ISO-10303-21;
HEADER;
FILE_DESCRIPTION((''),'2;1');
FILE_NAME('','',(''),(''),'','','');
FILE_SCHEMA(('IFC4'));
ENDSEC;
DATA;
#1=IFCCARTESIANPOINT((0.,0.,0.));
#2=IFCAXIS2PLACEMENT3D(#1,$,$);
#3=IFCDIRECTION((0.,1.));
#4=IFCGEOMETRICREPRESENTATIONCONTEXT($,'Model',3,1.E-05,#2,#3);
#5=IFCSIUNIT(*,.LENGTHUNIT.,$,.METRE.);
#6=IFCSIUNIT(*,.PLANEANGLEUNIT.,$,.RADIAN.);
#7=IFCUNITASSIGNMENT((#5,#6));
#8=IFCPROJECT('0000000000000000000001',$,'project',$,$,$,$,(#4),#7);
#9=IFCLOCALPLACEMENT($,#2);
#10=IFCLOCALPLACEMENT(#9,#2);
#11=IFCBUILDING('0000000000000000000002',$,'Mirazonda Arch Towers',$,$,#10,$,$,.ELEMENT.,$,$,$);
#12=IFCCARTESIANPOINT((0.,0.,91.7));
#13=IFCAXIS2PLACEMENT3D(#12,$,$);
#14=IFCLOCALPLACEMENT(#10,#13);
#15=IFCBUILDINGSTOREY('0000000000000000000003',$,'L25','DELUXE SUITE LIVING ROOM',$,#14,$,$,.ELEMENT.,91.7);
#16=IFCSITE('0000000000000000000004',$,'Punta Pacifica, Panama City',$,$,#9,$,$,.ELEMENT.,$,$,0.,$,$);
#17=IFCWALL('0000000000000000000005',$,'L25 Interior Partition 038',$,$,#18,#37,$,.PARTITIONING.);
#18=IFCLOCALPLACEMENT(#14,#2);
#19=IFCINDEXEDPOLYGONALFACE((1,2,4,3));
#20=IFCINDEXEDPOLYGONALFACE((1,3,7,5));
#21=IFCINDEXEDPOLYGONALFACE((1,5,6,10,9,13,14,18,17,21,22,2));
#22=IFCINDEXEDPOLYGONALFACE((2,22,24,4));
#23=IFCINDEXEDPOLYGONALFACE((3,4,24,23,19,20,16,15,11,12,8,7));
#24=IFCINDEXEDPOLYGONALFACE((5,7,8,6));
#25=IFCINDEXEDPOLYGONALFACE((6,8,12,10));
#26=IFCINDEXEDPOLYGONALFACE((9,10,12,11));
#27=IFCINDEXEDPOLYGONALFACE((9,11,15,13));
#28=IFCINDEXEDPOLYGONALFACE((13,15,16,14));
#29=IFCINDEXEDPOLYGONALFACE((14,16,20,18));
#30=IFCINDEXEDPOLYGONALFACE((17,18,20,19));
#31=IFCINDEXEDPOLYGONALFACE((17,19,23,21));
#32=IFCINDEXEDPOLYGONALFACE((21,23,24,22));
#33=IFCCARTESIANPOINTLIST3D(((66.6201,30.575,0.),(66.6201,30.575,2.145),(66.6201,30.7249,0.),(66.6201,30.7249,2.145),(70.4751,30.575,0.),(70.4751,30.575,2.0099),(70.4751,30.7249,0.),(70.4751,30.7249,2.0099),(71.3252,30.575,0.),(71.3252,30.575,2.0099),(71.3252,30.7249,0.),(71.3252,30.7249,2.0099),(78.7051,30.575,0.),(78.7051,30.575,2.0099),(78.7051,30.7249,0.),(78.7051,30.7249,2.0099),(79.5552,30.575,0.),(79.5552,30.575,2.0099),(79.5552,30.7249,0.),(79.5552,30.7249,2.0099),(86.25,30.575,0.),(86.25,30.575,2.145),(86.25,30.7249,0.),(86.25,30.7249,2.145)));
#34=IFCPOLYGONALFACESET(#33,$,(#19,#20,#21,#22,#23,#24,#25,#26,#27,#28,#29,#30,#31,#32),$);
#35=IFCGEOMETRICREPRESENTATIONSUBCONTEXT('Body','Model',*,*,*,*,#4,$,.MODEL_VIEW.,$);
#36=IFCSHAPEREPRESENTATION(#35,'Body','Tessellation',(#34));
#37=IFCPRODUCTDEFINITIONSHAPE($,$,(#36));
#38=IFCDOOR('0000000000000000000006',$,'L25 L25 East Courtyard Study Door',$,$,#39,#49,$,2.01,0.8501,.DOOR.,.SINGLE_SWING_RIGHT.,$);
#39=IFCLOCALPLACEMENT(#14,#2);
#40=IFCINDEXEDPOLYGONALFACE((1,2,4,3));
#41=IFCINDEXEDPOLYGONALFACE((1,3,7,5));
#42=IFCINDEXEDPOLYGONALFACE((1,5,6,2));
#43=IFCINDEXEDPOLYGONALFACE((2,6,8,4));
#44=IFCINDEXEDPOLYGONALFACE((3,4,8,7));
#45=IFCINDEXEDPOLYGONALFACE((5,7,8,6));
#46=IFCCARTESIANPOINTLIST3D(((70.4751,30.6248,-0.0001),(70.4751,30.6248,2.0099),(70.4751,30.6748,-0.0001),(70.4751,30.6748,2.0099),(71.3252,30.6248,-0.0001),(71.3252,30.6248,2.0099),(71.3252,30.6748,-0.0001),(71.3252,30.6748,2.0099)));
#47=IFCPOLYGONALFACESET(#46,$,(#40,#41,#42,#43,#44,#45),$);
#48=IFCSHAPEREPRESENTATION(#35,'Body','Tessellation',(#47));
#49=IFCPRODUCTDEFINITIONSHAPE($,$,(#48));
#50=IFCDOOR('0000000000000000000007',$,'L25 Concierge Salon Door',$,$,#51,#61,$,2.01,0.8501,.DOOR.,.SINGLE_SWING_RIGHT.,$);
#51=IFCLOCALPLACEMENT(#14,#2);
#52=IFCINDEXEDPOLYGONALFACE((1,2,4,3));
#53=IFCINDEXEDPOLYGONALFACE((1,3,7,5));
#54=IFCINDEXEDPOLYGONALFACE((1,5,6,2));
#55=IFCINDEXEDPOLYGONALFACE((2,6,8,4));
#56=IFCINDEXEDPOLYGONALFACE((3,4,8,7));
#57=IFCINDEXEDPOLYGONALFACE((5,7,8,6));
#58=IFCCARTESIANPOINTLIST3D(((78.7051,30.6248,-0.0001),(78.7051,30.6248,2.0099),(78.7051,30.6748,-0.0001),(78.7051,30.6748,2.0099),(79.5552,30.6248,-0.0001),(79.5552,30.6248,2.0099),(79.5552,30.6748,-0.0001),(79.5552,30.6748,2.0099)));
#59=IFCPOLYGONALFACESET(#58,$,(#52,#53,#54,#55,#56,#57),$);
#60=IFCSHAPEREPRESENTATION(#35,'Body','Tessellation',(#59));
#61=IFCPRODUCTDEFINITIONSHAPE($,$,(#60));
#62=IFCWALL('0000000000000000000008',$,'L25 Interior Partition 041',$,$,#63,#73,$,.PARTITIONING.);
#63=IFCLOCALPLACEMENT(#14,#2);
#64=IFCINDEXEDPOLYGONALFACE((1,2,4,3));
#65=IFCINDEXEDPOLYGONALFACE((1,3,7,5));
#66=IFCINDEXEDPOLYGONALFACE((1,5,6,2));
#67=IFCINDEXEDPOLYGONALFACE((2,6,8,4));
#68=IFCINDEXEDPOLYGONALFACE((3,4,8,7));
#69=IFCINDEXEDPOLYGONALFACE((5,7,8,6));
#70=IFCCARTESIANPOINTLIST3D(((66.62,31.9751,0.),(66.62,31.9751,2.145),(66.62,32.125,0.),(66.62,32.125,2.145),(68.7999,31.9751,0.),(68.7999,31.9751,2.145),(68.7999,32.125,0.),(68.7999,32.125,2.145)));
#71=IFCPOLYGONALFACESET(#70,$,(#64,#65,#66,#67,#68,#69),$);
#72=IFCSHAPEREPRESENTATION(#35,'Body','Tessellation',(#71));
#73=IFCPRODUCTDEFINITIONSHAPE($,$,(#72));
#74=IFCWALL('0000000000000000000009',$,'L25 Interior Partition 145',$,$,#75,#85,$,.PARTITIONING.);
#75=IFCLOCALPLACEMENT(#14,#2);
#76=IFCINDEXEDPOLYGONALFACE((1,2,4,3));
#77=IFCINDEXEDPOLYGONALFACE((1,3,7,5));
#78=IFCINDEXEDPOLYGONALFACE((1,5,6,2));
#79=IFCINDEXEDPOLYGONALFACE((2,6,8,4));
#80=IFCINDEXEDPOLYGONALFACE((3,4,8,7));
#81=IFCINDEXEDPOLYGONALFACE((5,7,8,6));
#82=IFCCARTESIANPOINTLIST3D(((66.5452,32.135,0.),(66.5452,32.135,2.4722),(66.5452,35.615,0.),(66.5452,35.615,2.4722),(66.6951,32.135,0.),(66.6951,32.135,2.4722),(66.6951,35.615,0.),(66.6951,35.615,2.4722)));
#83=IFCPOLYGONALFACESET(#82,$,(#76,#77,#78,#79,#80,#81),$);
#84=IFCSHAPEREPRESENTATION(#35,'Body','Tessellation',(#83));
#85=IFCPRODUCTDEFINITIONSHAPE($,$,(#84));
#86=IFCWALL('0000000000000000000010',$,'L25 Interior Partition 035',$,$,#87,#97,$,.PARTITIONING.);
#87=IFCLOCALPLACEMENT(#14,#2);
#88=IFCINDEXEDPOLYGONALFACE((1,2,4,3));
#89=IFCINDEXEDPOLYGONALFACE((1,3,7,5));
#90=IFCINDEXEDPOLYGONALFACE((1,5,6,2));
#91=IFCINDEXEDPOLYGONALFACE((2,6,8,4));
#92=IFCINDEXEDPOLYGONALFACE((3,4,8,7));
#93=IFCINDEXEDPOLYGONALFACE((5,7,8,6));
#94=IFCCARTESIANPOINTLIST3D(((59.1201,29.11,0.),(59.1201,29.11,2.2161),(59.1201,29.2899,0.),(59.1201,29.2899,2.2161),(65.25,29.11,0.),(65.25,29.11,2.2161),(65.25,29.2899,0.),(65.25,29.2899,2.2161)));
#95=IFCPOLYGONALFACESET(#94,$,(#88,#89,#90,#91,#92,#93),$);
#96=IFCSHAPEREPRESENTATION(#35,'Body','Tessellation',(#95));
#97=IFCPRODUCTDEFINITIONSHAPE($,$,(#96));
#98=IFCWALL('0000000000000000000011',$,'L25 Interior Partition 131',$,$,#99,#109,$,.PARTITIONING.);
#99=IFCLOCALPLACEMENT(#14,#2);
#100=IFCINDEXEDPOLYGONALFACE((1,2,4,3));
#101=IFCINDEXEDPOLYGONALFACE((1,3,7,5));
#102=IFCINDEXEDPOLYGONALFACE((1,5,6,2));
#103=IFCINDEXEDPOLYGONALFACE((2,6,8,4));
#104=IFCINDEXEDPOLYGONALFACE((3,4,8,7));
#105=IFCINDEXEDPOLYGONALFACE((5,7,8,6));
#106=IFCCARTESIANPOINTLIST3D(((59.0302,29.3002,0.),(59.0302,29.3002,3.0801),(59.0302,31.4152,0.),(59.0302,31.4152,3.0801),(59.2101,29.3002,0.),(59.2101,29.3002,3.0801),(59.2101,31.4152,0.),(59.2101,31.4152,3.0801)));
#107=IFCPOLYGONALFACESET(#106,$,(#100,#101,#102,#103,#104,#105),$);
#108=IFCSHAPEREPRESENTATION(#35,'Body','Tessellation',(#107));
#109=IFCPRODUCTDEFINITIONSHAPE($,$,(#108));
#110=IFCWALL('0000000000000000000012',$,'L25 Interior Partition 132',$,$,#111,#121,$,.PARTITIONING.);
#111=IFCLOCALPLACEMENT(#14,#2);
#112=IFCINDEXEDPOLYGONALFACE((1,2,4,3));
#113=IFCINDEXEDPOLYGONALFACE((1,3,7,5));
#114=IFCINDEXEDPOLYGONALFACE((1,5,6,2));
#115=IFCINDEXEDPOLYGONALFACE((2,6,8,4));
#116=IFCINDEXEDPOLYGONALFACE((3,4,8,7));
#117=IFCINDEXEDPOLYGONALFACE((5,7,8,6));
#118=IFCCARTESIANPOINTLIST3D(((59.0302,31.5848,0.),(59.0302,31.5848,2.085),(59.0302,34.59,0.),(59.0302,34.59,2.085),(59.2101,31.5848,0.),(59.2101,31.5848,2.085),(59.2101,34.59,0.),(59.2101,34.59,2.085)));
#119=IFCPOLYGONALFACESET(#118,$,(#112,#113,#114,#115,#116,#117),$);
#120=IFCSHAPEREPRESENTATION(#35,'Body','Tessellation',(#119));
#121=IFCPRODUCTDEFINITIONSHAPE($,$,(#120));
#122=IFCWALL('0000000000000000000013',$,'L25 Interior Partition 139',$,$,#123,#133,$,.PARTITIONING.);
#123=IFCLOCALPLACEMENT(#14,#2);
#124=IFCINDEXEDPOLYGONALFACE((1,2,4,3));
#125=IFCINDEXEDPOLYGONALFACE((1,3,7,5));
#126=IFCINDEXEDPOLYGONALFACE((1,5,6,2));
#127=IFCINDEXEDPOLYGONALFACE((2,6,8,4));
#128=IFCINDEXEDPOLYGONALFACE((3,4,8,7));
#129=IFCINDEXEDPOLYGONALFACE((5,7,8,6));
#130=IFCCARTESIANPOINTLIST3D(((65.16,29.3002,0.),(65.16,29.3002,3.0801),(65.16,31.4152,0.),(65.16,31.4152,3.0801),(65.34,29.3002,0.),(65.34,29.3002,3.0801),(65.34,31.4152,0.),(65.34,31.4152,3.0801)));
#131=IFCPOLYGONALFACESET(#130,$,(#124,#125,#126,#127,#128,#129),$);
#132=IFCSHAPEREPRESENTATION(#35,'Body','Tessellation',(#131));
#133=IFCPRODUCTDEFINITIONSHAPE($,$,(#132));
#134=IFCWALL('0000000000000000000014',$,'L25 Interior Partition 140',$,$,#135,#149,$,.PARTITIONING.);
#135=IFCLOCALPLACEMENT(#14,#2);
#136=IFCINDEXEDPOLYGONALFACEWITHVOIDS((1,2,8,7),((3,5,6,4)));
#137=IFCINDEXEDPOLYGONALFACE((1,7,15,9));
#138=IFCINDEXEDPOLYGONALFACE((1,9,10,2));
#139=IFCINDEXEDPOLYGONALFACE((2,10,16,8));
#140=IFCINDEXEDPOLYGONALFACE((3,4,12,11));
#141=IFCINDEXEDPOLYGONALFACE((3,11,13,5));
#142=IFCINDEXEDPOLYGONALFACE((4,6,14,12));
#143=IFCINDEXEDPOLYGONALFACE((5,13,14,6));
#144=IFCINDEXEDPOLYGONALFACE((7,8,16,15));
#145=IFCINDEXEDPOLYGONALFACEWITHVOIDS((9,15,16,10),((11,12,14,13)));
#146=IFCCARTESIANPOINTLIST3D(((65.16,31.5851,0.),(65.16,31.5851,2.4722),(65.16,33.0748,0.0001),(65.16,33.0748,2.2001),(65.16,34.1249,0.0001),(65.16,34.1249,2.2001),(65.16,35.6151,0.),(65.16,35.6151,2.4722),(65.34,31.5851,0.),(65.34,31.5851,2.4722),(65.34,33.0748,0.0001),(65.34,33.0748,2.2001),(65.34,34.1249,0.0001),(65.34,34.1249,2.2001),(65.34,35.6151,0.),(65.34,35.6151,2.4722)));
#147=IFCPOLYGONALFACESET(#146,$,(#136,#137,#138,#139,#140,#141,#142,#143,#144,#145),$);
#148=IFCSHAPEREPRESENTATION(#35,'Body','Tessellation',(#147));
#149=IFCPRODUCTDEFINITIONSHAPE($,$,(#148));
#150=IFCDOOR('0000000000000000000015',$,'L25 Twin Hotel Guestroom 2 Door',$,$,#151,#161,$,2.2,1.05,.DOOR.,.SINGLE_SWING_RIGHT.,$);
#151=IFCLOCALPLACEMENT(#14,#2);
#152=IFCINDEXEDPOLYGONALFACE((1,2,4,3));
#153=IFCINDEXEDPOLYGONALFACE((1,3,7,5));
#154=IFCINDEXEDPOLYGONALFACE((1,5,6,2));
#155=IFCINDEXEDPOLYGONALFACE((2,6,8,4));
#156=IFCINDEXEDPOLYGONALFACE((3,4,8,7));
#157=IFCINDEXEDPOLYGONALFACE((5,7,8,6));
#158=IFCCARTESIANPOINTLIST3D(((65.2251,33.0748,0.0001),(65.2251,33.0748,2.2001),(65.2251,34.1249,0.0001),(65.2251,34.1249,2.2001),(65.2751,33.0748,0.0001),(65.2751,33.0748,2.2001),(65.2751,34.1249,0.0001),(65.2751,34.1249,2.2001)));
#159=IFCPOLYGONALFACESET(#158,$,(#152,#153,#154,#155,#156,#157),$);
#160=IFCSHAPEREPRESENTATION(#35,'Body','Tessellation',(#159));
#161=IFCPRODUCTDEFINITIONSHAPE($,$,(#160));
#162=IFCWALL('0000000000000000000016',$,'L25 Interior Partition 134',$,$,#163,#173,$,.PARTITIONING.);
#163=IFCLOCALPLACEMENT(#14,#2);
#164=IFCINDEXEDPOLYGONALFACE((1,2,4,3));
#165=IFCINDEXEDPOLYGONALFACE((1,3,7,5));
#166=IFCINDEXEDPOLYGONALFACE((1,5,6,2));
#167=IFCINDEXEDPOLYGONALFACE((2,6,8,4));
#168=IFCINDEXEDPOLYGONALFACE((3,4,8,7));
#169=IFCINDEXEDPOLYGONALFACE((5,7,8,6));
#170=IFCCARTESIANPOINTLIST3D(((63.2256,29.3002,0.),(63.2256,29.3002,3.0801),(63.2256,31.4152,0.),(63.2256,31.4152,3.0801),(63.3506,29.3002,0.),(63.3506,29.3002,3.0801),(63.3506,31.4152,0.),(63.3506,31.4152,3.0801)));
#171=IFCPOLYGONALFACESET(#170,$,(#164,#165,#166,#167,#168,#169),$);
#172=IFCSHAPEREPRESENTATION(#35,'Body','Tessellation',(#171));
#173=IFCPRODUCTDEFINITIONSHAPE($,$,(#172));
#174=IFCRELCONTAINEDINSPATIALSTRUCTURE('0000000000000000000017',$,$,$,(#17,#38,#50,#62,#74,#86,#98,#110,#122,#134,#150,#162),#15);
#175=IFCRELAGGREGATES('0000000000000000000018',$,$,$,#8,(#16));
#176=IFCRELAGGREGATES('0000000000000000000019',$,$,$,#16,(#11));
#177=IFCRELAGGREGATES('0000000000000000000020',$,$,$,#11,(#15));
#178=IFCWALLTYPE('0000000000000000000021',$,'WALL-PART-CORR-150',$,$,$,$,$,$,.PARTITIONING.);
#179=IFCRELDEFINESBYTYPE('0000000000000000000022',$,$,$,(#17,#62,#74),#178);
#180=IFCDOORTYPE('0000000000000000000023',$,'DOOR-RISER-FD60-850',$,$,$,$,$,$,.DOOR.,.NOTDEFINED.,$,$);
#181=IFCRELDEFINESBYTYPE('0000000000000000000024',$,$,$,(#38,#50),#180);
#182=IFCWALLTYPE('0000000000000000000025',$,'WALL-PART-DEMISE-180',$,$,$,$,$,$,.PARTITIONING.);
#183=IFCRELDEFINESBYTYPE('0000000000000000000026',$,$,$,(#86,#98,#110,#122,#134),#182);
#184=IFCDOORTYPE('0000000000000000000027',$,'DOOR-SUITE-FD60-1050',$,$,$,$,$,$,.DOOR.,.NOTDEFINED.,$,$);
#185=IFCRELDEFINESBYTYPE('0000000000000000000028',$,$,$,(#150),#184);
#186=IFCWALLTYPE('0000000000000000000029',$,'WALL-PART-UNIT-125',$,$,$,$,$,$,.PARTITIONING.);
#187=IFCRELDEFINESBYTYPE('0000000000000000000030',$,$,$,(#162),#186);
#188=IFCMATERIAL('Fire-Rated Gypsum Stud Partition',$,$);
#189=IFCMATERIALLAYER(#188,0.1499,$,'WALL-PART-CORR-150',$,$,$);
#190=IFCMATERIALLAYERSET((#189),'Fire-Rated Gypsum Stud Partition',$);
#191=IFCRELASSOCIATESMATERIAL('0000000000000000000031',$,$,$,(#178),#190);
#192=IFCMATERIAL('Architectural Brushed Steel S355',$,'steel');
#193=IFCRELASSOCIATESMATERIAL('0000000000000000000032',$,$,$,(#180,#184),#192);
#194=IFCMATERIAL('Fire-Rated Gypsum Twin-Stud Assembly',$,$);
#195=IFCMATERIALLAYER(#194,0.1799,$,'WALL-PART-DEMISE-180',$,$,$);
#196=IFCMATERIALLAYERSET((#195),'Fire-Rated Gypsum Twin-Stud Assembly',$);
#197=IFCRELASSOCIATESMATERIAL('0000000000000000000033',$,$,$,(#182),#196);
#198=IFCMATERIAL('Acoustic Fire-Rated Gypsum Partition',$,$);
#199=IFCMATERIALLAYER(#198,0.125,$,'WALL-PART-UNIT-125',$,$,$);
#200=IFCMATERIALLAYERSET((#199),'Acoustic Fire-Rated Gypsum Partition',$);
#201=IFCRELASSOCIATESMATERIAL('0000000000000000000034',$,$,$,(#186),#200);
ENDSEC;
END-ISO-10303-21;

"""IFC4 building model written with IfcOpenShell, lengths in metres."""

from ifc_helpers import new_model, si_unit, direction, frame, frame_2d, origin, place, context, subcontext, project, spatial, rectangle, extrude, material, layer, layer_set, type_object, element, fill, save


model = new_model("IFC4")

# Units and contexts
model_context = context("Model", 3, precision=1e-05, world=origin(), true_north=direction((0.0, 1.0)))
body_context = subcontext(model_context, "Body", "Model", "MODEL_VIEW")
ifc_project = project(units=[si_unit("LENGTHUNIT", "METRE"), si_unit("PLANEANGLEUNIT", "RADIAN")], contexts=[model_context])

# Site, building, storey
site_placement = place(None, origin())
site = spatial("IfcSite", under=ifc_project, at=site_placement, Name="Punta Pacifica, Panama City", CompositionType="ELEMENT", RefElevation=0.0)
building_placement = place(site_placement, origin())
building = spatial("IfcBuilding", under=site, at=building_placement, Name="Mirazonda Arch Towers", CompositionType="ELEMENT")
storey_placement = place(building_placement, frame((0.0, 0.0, 91.7)))
storey = spatial("IfcBuildingStorey", under=building, at=storey_placement, Name="L25", Description="DELUXE SUITE LIVING ROOM", CompositionType="ELEMENT", Elevation=91.7)

# Wall, openings, doors
ifc_material_1 = material(Name="Fire-Rated Gypsum Stud Partition")
ifc_layer_1 = layer(ifc_material_1, 0.1499, Name="WALL-PART-CORR-150")
ifc_layer_set_1 = layer_set([ifc_layer_1], Name="Fire-Rated Gypsum Stud Partition")
wall_type_1 = type_object("IfcWallType", Name="WALL-PART-CORR-150", PredefinedType="PARTITIONING", material=ifc_layer_set_1)
wall_1_placement = place(storey_placement, frame((66.6201, 30.6499, 0.0), z_axis=(0.0, 0.0, 1.0), x_axis=(1.0, 0.0, 0.0)))
wall_1 = element("IfcWall", 1, at=wall_1_placement, inside=storey, type_object=wall_type_1, Name="L25 Interior Partition 038", PredefinedType="PARTITIONING", context=body_context, shape_type="SweptSolid", body=[
    extrude(rectangle(XDim=19.6299, YDim=0.1499, at=frame_2d((9.8149, 0.0))), origin(), (0.0, 0.0, 1.0), 2.145),
])
opening_1_placement = place(wall_1_placement, frame((3.855, 0.0, 0.0)))
opening_1 = element("IfcOpeningElement", 2, at=opening_1_placement, cuts=wall_1, PredefinedType="OPENING", context=body_context, shape_type="SweptSolid", body=[
    extrude(rectangle(XDim=0.8501, YDim=2.01, at=frame_2d((0.425, 1.0049))), frame((0.0, 0.085, 0.0), z_axis=(0.0, -1.0, 0.0), x_axis=(1.0, 0.0, 0.0)), (0.0, 0.0, 1.0), 0.1699),
])
opening_2_placement = place(wall_1_placement, frame((12.085, 0.0, 0.0)))
opening_2 = element("IfcOpeningElement", 3, at=opening_2_placement, cuts=wall_1, PredefinedType="OPENING", context=body_context, shape_type="SweptSolid", body=[
    extrude(rectangle(XDim=0.8501, YDim=2.01, at=frame_2d((0.425, 1.0049))), frame((0.0, 0.085, 0.0), z_axis=(0.0, -1.0, 0.0), x_axis=(1.0, 0.0, 0.0)), (0.0, 0.0, 1.0), 0.1699),
])
ifc_material_2 = material(Name="Architectural Brushed Steel S355", Category="steel")
door_type_1 = type_object("IfcDoorType", Name="DOOR-RISER-FD60-850", OperationType="NOTDEFINED", PredefinedType="DOOR", material=ifc_material_2)
door_1_placement = place(opening_1_placement, origin())
door_1 = element("IfcDoor", 4, at=door_1_placement, inside=storey, type_object=door_type_1, Name="L25 L25 East Courtyard Study Door", OperationType="SINGLE_SWING_RIGHT", OverallHeight=2.01, OverallWidth=0.8501, PredefinedType="DOOR", context=body_context, shape_type="SweptSolid", body=[
    extrude(rectangle(XDim=0.8501, YDim=2.01, at=frame_2d((0.425, 1.0049))), frame((0.0, 0.0249, 0.0), z_axis=(0.0, -1.0, 0.0), x_axis=(1.0, 0.0, 0.0)), (0.0, 0.0, 1.0), 0.05),
])
fill(opening_1, door_1)
door_2_placement = place(opening_2_placement, origin())
door_2 = element("IfcDoor", 5, at=door_2_placement, inside=storey, type_object=door_type_1, Name="L25 Concierge Salon Door", OperationType="SINGLE_SWING_RIGHT", OverallHeight=2.01, OverallWidth=0.8501, PredefinedType="DOOR", context=body_context, shape_type="SweptSolid", body=[
    extrude(rectangle(XDim=0.8501, YDim=2.01, at=frame_2d((0.425, 1.0049))), frame((0.0, 0.0249, 0.0), z_axis=(0.0, -1.0, 0.0), x_axis=(1.0, 0.0, 0.0)), (0.0, 0.0, 1.0), 0.05),
])
fill(opening_2, door_2)

# Walls
wall_2_placement = place(storey_placement, frame((66.6201, 32.05, 0.0), z_axis=(0.0, 0.0, 1.0), x_axis=(1.0, 0.0, 0.0)))
element("IfcWall", 6, at=wall_2_placement, inside=storey, type_object=wall_type_1, Name="L25 Interior Partition 041", PredefinedType="PARTITIONING", context=body_context, shape_type="SweptSolid", body=[
    extrude(rectangle(XDim=2.1799, YDim=0.1499, at=frame_2d((1.0898, 0.0))), origin(), (0.0, 0.0, 1.0), 2.145),
])
wall_3_placement = place(storey_placement, frame((66.6201, 32.135, 0.0), z_axis=(0.0, 0.0, 1.0), x_axis=(0.0, 1.0, 0.0)))
element("IfcWall", 7, at=wall_3_placement, inside=storey, type_object=wall_type_1, Name="L25 Interior Partition 145", PredefinedType="PARTITIONING", context=body_context, shape_type="SweptSolid", body=[
    extrude(rectangle(XDim=3.48, YDim=0.1499, at=frame_2d((1.74, 0.0))), origin(), (0.0, 0.0, 1.0), 2.4722),
])
ifc_material_3 = material(Name="Fire-Rated Gypsum Twin-Stud Assembly")
ifc_layer_2 = layer(ifc_material_3, 0.1799, Name="WALL-PART-DEMISE-180")
ifc_layer_set_2 = layer_set([ifc_layer_2], Name="Fire-Rated Gypsum Twin-Stud Assembly")
wall_type_2 = type_object("IfcWallType", Name="WALL-PART-DEMISE-180", PredefinedType="PARTITIONING", material=ifc_layer_set_2)
wall_4_placement = place(storey_placement, frame((59.1201, 29.2, 0.0), z_axis=(0.0, 0.0, 1.0), x_axis=(1.0, 0.0, 0.0)))
element("IfcWall", 8, at=wall_4_placement, inside=storey, type_object=wall_type_2, Name="L25 Interior Partition 035", PredefinedType="PARTITIONING", context=body_context, shape_type="SweptSolid", body=[
    extrude(rectangle(XDim=6.1299, YDim=0.1799, at=frame_2d((3.0649, 0.0))), origin(), (0.0, 0.0, 1.0), 2.2161),
])
wall_5_placement = place(storey_placement, frame((59.1201, 29.3, 0.0), z_axis=(0.0, 0.0, 1.0), x_axis=(0.0, 1.0, 0.0)))
element("IfcWall", 9, at=wall_5_placement, inside=storey, type_object=wall_type_2, Name="L25 Interior Partition 131", PredefinedType="PARTITIONING", context=body_context, shape_type="SweptSolid", body=[
    extrude(rectangle(XDim=2.115, YDim=0.1799, at=frame_2d((1.0576, 0.0))), origin(), (0.0, 0.0, 1.0), 3.0801),
])
wall_6_placement = place(storey_placement, frame((59.1201, 31.585, 0.0), z_axis=(0.0, 0.0, 1.0), x_axis=(0.0, 1.0, 0.0)))
element("IfcWall", 10, at=wall_6_placement, inside=storey, type_object=wall_type_2, Name="L25 Interior Partition 132", PredefinedType="PARTITIONING", context=body_context, shape_type="SweptSolid", body=[
    extrude(rectangle(XDim=3.0051, YDim=0.1799, at=frame_2d((1.5024, 0.0))), origin(), (0.0, 0.0, 1.0), 2.085),
])
wall_7_placement = place(storey_placement, frame((65.25, 29.3, 0.0), z_axis=(0.0, 0.0, 1.0), x_axis=(0.0, 1.0, 0.0)))
element("IfcWall", 11, at=wall_7_placement, inside=storey, type_object=wall_type_2, Name="L25 Interior Partition 139", PredefinedType="PARTITIONING", context=body_context, shape_type="SweptSolid", body=[
    extrude(rectangle(XDim=2.115, YDim=0.1799, at=frame_2d((1.0576, 0.0))), origin(), (0.0, 0.0, 1.0), 3.0801),
])

# Wall, opening, door
wall_8_placement = place(storey_placement, frame((65.25, 31.585, 0.0), z_axis=(0.0, 0.0, 1.0), x_axis=(0.0, 1.0, 0.0)))
wall_8 = element("IfcWall", 12, at=wall_8_placement, inside=storey, type_object=wall_type_2, Name="L25 Interior Partition 140", PredefinedType="PARTITIONING", context=body_context, shape_type="SweptSolid", body=[
    extrude(rectangle(XDim=4.03, YDim=0.1799, at=frame_2d((2.0151, 0.0))), origin(), (0.0, 0.0, 1.0), 2.4722),
])
opening_3_placement = place(wall_8_placement, frame((1.49, 0.0, 0.0)))
opening_3 = element("IfcOpeningElement", 13, at=opening_3_placement, cuts=wall_8, PredefinedType="OPENING", context=body_context, shape_type="SweptSolid", body=[
    extrude(rectangle(XDim=1.05, YDim=2.2, at=frame_2d((0.5249, 1.1001))), frame((0.0, 0.0999, 0.0), z_axis=(0.0, -1.0, 0.0), x_axis=(1.0, 0.0, 0.0)), (0.0, 0.0, 1.0), 0.2),
])
door_type_2 = type_object("IfcDoorType", Name="DOOR-SUITE-FD60-1050", OperationType="NOTDEFINED", PredefinedType="DOOR", material=ifc_material_2)
door_3_placement = place(opening_3_placement, origin())
door_3 = element("IfcDoor", 14, at=door_3_placement, inside=storey, type_object=door_type_2, Name="L25 Twin Hotel Guestroom 2 Door", OperationType="SINGLE_SWING_RIGHT", OverallHeight=2.2, OverallWidth=1.05, PredefinedType="DOOR", context=body_context, shape_type="SweptSolid", body=[
    extrude(rectangle(XDim=1.05, YDim=2.2, at=frame_2d((0.5249, 1.1001))), frame((0.0, 0.0249, 0.0), z_axis=(0.0, -1.0, 0.0), x_axis=(1.0, 0.0, 0.0)), (0.0, 0.0, 1.0), 0.05),
])
fill(opening_3, door_3)

# Wall
ifc_material_4 = material(Name="Acoustic Fire-Rated Gypsum Partition")
ifc_layer_3 = layer(ifc_material_4, 0.125, Name="WALL-PART-UNIT-125")
ifc_layer_set_3 = layer_set([ifc_layer_3], Name="Acoustic Fire-Rated Gypsum Partition")
wall_type_3 = type_object("IfcWallType", Name="WALL-PART-UNIT-125", PredefinedType="PARTITIONING", material=ifc_layer_set_3)
wall_9_placement = place(storey_placement, frame((63.2881, 29.3, 0.0), z_axis=(0.0, 0.0, 1.0), x_axis=(0.0, 1.0, 0.0)))
element("IfcWall", 15, at=wall_9_placement, inside=storey, type_object=wall_type_3, Name="L25 Interior Partition 134", PredefinedType="PARTITIONING", context=body_context, shape_type="SweptSolid", body=[
    extrude(rectangle(XDim=2.115, YDim=0.125, at=frame_2d((1.0576, 0.0))), origin(), (0.0, 0.0, 1.0), 3.0801),
])

save(model, "model.ifc")
